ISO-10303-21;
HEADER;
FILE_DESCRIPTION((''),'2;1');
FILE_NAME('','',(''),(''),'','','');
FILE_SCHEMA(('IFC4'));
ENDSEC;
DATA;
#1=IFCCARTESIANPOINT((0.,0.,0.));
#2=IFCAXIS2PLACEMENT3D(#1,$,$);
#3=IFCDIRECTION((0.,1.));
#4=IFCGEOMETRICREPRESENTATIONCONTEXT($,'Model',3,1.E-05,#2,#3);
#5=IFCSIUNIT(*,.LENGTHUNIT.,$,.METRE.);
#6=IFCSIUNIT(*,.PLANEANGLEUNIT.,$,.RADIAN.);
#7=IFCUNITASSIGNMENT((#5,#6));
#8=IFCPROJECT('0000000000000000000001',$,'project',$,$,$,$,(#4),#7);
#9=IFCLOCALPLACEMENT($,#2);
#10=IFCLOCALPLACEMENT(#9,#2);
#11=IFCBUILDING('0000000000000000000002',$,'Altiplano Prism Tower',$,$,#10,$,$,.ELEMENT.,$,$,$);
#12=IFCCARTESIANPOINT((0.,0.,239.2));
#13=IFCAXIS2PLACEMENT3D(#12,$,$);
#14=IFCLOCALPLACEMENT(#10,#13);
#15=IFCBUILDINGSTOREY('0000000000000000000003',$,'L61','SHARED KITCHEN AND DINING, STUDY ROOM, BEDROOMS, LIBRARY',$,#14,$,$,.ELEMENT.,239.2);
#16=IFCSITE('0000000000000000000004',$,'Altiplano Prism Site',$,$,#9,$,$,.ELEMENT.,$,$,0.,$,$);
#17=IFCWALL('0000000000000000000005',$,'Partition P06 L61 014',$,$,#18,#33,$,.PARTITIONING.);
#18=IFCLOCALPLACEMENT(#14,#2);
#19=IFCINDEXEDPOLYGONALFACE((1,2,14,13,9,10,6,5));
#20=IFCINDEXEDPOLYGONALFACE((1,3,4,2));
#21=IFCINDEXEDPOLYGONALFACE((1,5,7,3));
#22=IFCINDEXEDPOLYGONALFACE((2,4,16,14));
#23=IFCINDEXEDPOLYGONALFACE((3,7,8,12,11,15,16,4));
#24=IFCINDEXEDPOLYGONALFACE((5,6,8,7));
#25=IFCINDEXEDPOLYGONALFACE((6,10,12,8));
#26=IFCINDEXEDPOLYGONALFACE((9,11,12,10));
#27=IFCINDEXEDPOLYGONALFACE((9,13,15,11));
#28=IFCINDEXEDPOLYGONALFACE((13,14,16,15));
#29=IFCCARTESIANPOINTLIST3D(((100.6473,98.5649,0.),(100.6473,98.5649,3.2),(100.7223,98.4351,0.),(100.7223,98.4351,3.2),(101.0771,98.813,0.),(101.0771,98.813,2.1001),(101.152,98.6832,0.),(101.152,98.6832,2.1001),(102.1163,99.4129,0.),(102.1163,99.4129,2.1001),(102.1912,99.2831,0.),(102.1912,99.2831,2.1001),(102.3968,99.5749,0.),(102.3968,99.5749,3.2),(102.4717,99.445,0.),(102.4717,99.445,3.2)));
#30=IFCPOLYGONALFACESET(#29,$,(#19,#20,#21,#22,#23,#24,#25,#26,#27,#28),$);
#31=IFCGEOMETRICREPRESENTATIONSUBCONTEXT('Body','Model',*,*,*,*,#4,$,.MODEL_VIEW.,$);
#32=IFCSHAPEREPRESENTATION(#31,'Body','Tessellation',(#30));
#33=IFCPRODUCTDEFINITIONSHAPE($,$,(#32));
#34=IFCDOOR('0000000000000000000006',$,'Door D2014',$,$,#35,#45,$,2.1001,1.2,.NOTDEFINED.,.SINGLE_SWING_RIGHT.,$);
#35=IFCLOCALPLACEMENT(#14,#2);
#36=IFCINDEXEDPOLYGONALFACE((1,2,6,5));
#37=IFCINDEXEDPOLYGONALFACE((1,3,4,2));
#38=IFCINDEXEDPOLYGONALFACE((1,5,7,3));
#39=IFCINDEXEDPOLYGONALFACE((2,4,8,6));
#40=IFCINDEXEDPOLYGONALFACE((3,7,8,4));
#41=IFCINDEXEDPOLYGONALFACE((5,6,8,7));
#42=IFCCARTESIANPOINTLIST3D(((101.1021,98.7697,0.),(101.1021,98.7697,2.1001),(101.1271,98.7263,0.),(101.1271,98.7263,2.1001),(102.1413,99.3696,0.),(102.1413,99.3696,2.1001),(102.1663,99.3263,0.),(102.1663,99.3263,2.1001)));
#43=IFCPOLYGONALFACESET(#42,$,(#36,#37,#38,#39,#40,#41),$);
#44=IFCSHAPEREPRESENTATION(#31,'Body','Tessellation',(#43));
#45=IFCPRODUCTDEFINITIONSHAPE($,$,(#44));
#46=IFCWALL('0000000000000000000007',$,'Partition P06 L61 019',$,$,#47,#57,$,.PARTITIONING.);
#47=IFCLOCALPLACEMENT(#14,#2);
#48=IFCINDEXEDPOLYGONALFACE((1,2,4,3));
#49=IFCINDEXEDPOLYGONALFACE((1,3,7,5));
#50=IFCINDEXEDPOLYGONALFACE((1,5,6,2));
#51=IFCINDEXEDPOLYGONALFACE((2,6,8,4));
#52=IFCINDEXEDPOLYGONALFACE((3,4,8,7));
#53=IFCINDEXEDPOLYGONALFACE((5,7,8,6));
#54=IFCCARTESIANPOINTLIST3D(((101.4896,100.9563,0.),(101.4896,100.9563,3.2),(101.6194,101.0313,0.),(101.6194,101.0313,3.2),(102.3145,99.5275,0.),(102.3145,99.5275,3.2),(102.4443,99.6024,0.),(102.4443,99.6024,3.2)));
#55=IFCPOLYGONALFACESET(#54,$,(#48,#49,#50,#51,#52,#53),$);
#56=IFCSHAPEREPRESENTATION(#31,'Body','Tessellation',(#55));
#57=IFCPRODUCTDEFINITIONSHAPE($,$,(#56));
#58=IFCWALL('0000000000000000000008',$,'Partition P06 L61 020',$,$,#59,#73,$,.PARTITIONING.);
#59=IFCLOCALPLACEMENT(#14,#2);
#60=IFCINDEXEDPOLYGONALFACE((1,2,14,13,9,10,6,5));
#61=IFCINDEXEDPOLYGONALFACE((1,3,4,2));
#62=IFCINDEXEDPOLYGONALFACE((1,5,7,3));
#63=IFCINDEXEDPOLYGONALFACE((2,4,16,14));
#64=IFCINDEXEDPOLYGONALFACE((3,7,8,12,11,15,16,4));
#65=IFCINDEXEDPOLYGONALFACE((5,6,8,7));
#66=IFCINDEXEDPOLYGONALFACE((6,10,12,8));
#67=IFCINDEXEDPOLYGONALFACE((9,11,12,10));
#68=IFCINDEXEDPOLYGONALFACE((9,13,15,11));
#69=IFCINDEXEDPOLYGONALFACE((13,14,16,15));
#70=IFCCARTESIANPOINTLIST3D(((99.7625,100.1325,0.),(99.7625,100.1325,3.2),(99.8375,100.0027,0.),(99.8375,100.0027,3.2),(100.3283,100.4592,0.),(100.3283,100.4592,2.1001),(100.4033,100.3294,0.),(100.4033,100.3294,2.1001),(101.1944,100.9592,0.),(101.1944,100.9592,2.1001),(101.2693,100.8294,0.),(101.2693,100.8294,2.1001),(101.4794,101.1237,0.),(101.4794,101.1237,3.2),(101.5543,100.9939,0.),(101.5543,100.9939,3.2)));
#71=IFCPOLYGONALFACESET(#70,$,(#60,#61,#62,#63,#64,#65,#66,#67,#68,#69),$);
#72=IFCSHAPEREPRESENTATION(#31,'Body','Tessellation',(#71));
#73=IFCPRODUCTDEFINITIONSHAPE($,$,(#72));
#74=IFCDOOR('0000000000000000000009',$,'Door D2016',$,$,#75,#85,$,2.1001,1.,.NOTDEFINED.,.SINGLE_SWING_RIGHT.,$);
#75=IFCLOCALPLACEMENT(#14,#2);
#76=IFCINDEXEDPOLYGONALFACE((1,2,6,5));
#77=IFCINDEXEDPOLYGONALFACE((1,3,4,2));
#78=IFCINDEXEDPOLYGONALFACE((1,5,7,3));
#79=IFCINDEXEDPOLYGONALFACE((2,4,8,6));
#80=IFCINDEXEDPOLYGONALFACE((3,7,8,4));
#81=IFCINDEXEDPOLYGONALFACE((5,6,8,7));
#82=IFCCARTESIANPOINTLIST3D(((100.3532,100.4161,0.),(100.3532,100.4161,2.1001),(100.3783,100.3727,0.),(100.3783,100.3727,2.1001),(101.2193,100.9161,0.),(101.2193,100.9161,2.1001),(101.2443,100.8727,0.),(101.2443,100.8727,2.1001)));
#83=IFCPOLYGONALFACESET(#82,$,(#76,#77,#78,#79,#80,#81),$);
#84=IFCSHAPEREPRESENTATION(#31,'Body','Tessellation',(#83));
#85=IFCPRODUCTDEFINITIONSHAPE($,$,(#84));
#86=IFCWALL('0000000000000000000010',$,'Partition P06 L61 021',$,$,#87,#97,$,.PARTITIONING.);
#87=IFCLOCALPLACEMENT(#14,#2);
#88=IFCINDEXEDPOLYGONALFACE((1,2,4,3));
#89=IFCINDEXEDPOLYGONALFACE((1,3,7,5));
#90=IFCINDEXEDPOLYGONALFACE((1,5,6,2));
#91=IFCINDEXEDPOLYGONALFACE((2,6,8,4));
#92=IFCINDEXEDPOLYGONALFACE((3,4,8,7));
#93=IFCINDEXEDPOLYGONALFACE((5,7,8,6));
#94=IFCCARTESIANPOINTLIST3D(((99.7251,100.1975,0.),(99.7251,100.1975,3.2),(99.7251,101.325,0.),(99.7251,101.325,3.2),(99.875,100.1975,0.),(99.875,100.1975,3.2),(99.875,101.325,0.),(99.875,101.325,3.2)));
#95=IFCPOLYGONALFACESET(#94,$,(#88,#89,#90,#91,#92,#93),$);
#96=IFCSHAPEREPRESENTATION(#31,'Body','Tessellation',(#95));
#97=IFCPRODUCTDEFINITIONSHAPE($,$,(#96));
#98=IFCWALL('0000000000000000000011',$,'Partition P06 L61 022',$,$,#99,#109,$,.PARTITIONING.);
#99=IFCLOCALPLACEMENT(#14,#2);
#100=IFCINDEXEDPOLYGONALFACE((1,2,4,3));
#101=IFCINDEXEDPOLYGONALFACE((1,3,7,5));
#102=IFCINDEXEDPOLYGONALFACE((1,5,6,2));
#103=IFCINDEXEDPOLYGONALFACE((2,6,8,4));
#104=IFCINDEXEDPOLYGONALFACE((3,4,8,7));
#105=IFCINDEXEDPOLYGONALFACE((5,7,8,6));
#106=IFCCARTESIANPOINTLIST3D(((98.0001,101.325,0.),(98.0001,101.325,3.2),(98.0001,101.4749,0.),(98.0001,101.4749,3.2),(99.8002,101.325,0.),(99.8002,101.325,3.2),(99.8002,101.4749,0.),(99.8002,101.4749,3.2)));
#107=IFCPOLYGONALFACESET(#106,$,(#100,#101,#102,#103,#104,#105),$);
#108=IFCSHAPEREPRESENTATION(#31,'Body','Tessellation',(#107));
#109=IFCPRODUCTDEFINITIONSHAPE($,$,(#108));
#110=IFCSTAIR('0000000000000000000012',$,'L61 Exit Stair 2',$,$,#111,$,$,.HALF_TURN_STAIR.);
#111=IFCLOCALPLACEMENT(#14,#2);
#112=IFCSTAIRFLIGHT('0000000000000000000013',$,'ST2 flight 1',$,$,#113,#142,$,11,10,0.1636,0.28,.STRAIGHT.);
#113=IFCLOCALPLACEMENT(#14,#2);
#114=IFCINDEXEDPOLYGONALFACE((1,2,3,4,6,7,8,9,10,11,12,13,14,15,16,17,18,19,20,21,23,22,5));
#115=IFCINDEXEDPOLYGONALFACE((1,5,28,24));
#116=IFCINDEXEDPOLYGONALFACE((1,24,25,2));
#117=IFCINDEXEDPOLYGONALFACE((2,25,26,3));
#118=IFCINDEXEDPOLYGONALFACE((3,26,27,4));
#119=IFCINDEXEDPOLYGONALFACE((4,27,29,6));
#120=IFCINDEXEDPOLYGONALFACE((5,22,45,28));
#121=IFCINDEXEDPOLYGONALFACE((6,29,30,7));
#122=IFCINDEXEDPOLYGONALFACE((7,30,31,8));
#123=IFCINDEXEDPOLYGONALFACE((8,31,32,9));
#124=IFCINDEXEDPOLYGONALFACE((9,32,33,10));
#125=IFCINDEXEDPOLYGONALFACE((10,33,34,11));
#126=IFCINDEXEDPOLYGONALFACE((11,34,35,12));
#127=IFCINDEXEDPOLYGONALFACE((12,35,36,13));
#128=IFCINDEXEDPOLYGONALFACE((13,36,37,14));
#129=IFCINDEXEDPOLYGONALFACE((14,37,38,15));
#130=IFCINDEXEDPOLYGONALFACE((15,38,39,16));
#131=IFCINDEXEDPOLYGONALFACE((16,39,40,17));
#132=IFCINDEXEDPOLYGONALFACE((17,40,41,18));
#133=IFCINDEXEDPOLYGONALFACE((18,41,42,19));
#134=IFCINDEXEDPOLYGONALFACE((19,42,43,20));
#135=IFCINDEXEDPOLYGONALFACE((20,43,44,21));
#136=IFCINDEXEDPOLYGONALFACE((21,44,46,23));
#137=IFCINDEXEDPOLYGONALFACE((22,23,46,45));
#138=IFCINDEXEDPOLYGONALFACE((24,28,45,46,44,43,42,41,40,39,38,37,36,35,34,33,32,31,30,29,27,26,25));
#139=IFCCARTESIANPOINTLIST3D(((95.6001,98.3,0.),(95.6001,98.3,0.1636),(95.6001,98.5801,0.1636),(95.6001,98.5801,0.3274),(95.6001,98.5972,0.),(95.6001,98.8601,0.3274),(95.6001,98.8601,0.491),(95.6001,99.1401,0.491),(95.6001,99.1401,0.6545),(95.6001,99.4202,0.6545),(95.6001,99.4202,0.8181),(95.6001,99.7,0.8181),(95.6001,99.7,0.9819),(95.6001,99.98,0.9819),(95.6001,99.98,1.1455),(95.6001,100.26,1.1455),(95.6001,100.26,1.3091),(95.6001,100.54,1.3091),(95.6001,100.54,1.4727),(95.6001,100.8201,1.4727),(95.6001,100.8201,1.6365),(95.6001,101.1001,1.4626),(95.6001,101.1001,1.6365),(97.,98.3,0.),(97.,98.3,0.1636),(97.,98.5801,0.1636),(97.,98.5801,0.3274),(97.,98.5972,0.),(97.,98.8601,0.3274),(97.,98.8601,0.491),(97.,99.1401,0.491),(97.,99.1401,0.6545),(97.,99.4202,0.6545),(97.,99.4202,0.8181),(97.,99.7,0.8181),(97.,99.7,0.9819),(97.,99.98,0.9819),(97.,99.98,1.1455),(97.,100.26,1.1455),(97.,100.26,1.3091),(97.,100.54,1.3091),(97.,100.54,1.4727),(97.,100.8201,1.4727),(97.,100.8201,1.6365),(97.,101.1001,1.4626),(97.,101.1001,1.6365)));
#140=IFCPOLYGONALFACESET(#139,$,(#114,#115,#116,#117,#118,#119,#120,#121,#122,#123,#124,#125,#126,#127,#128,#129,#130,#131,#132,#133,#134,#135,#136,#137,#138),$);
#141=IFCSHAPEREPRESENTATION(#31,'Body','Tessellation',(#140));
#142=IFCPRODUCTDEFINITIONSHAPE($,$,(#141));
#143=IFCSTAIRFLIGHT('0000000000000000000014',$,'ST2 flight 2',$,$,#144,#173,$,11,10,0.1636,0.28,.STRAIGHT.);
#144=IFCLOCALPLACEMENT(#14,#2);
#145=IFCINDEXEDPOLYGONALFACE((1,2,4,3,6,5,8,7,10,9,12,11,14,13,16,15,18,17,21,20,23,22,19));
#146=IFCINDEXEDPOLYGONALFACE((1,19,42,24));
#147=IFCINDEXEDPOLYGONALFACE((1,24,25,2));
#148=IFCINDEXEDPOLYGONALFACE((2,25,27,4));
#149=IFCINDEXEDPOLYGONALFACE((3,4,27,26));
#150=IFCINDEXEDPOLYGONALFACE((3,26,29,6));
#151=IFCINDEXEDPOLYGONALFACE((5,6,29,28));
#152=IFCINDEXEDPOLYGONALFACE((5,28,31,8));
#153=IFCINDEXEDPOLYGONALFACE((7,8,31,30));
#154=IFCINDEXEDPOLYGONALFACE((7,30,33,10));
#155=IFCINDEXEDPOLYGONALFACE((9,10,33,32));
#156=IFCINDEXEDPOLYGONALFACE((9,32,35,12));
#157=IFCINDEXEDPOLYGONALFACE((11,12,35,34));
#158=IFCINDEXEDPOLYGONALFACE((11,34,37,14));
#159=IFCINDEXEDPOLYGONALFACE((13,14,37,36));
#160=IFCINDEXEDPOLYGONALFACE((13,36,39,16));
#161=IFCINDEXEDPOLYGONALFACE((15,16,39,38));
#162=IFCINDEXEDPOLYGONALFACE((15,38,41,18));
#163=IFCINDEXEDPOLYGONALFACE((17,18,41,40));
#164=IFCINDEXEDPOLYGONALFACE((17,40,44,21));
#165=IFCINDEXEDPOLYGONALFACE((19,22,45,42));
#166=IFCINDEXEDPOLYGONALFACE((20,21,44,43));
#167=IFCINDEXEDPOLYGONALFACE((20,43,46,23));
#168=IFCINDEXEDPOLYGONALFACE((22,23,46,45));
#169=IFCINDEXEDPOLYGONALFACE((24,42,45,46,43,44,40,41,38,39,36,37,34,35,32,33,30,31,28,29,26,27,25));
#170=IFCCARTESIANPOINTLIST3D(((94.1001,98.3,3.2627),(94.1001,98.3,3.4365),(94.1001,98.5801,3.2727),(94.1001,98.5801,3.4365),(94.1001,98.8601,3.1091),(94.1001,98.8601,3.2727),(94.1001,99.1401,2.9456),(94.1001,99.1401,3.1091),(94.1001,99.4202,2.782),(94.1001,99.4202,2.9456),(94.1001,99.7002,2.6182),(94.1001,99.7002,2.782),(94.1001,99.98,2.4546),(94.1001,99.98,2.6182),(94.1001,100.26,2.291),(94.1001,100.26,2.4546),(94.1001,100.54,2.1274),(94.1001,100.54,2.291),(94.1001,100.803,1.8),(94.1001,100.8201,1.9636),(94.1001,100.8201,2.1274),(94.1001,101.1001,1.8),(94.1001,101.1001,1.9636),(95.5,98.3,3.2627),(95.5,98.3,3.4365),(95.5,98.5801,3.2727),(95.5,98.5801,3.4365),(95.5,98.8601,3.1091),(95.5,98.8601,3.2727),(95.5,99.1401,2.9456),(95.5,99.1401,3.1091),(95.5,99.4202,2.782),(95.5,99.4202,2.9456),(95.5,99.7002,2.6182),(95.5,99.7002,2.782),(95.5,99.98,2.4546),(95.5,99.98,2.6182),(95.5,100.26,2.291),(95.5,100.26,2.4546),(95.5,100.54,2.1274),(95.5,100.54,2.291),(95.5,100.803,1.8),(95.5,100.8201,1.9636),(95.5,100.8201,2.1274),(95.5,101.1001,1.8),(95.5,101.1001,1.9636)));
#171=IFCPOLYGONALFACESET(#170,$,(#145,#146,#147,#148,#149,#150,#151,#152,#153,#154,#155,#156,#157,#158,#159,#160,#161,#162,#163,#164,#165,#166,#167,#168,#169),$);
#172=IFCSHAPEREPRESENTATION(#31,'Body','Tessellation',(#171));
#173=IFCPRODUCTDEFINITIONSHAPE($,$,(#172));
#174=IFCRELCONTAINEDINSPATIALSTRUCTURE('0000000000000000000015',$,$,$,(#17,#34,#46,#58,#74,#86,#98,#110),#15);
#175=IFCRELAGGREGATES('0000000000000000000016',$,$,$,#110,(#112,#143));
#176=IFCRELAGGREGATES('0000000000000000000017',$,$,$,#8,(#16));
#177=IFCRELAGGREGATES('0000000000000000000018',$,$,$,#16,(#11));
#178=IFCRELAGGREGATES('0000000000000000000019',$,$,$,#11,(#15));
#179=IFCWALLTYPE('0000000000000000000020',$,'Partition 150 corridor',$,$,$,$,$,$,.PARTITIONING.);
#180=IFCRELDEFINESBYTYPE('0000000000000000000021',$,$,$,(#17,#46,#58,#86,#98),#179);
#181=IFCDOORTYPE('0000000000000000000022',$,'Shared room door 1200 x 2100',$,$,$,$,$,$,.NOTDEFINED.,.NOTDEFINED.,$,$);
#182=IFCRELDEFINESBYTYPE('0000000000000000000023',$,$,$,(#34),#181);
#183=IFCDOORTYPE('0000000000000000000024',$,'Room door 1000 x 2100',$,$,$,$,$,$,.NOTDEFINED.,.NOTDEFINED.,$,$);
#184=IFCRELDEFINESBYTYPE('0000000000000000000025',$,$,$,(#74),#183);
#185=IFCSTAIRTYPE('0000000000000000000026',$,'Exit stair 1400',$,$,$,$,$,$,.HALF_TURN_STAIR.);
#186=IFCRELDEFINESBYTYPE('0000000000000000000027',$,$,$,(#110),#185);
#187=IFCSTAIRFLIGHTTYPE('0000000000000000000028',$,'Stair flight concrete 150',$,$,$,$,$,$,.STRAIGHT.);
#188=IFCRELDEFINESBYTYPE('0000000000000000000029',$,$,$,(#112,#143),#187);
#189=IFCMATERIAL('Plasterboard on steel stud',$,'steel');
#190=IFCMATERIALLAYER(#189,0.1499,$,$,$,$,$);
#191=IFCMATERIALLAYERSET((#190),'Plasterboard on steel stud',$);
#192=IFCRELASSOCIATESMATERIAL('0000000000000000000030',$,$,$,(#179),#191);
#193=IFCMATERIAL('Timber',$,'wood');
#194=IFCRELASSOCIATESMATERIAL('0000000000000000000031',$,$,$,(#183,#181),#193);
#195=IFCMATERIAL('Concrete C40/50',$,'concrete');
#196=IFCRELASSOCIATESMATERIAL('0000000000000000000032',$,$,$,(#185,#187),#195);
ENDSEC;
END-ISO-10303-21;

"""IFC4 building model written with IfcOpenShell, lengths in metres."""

from ifc_helpers import new_model, si_unit, direction, frame, frame_2d, origin, place, context, subcontext, project, spatial, polyline, rectangle, outline, extrude, material, layer, layer_set, type_object, element, fill, aggregate, save


model = new_model("IFC4")

# Units and contexts
model_context = context("Model", 3, precision=1e-05, world=origin(), true_north=direction((0.0, 1.0)))
body_context = subcontext(model_context, "Body", "Model", "MODEL_VIEW")
ifc_project = project(units=[si_unit("LENGTHUNIT", "METRE"), si_unit("PLANEANGLEUNIT", "RADIAN")], contexts=[model_context])

# Site, building, storey
site_placement = place(None, origin())
site = spatial("IfcSite", under=ifc_project, at=site_placement, Name="Altiplano Prism Site", CompositionType="ELEMENT", RefElevation=0.0)
building_placement = place(site_placement, origin())
building = spatial("IfcBuilding", under=site, at=building_placement, Name="Altiplano Prism Tower", CompositionType="ELEMENT")
storey_placement = place(building_placement, frame((0.0, 0.0, 239.2)))
storey = spatial("IfcBuildingStorey", under=building, at=storey_placement, Name="L61", Description="SHARED KITCHEN AND DINING, STUDY ROOM, BEDROOMS, LIBRARY", CompositionType="ELEMENT", Elevation=239.2)

# Shared definitions
ifc_material_1 = material(Name="Plasterboard on steel stud", Category="steel")
ifc_layer_1 = layer(ifc_material_1, 0.1499)
ifc_layer_set_1 = layer_set([ifc_layer_1], Name="Plasterboard on steel stud")
wall_type_1 = type_object("IfcWallType", Name="Partition 150 corridor", PredefinedType="PARTITIONING", material=ifc_layer_set_1)

# Shared definitions
ifc_material_2 = material(Name="Timber", Category="wood")
door_type_1 = type_object("IfcDoorType", Name="Room door 1000 x 2100", OperationType="NOTDEFINED", PredefinedType="NOTDEFINED", material=ifc_material_2)

# Wall, opening, door
wall_1_placement = place(storey_placement, frame((100.6848, 98.5, 0.0), z_axis=(0.0, 0.0, 1.0), x_axis=(0.866041, 0.499974, 0.0)))
wall_1 = element("IfcWall", 1, at=wall_1_placement, inside=storey, type_object=wall_type_1, Name="Partition P06 L61 014", PredefinedType="PARTITIONING", context=body_context, shape_type="SweptSolid", body=[
    extrude(rectangle(XDim=2.02, YDim=0.1499, at=frame_2d((1.01, 0.0))), origin(), (0.0, 0.0, 1.0), 3.2),
])
opening_1_placement = place(wall_1_placement, frame((0.4961, 0.0, 0.0)))
opening_1 = element("IfcOpeningElement", 2, at=opening_1_placement, cuts=wall_1, PredefinedType="OPENING", context=body_context, shape_type="SweptSolid", body=[
    extrude(rectangle(XDim=1.2, YDim=2.1001, at=frame_2d((0.6001, 1.05))), frame((0.0, 0.0854, 0.0), z_axis=(0.0, -1.0, 0.0), x_axis=(1.0, 0.0, 0.0)), (0.0, 0.0, 1.0), 0.1709),
])
door_type_2 = type_object("IfcDoorType", Name="Shared room door 1200 x 2100", OperationType="NOTDEFINED", PredefinedType="NOTDEFINED", material=ifc_material_2)
door_1_placement = place(opening_1_placement, origin())
door_1 = element("IfcDoor", 3, at=door_1_placement, inside=storey, type_object=door_type_2, Name="Door D2014", OperationType="SINGLE_SWING_RIGHT", OverallHeight=2.1001, OverallWidth=1.2, PredefinedType="NOTDEFINED", context=body_context, shape_type="SweptSolid", body=[
    extrude(rectangle(XDim=1.2, YDim=2.1001, at=frame_2d((0.6001, 1.05))), frame((0.0, 0.0249, 0.0), z_axis=(0.0, -1.0, 0.0), x_axis=(1.0, 0.0, 0.0)), (0.0, 0.0, 1.0), 0.05),
])
fill(opening_1, door_1)

# Wall
wall_2_placement = place(storey_placement, frame((102.3794, 99.5649, 0.0), z_axis=(0.0, 0.0, 1.0), x_axis=(-0.499974, 0.86604, 0.0)))
element("IfcWall", 4, at=wall_2_placement, inside=storey, type_object=wall_type_1, Name="Partition P06 L61 019", PredefinedType="PARTITIONING", context=body_context, shape_type="SweptSolid", body=[
    extrude(rectangle(XDim=1.6499, YDim=0.1499, at=frame_2d((0.825, 0.0))), origin(), (0.0, 0.0, 1.0), 3.2),
])

# Wall, opening, door
wall_3_placement = place(storey_placement, frame((101.5168, 101.0588, 0.0), z_axis=(0.0, 0.0, 1.0), x_axis=(-0.866022, -0.500007, 0.0)))
wall_3 = element("IfcWall", 5, at=wall_3_placement, inside=storey, type_object=wall_type_1, Name="Partition P06 L61 020", PredefinedType="PARTITIONING", context=body_context, shape_type="SweptSolid", body=[
    extrude(rectangle(XDim=1.9824, YDim=0.1499, at=frame_2d((0.9912, 0.0))), origin(), (0.0, 0.0, 1.0), 3.2),
])
opening_2_placement = place(wall_3_placement, frame((0.3291, 0.0, 0.0)))
opening_2 = element("IfcOpeningElement", 6, at=opening_2_placement, cuts=wall_3, PredefinedType="OPENING", context=body_context, shape_type="SweptSolid", body=[
    extrude(rectangle(XDim=1.0, YDim=2.1001, at=frame_2d((0.5, 1.05))), frame((0.0, 0.0854, 0.0), z_axis=(0.0, -1.0, 0.0), x_axis=(1.0, 0.0, 0.0)), (0.0, 0.0, 1.0), 0.1709),
])
door_2_placement = place(opening_2_placement, origin())
door_2 = element("IfcDoor", 7, at=door_2_placement, inside=storey, type_object=door_type_1, Name="Door D2016", OperationType="SINGLE_SWING_RIGHT", OverallHeight=2.1001, OverallWidth=1.0, PredefinedType="NOTDEFINED", context=body_context, shape_type="SweptSolid", body=[
    extrude(rectangle(XDim=1.0, YDim=2.1001, at=frame_2d((0.5, 1.05))), frame((0.0, 0.0249, 0.0), z_axis=(0.0, -1.0, 0.0), x_axis=(1.0, 0.0, 0.0)), (0.0, 0.0, 1.0), 0.05),
])
fill(opening_2, door_2)

# Walls
wall_4_placement = place(storey_placement, frame((99.8, 100.1975, 0.0), z_axis=(0.0, 0.0, 1.0), x_axis=(0.0, 1.0, 0.0)))
element("IfcWall", 8, at=wall_4_placement, inside=storey, type_object=wall_type_1, Name="Partition P06 L61 021", PredefinedType="PARTITIONING", context=body_context, shape_type="SweptSolid", body=[
    extrude(rectangle(XDim=1.1274, YDim=0.1499, at=frame_2d((0.5637, 0.0))), origin(), (0.0, 0.0, 1.0), 3.2),
])
wall_5_placement = place(storey_placement, frame((99.8, 101.3999, 0.0), z_axis=(0.0, 0.0, 1.0), x_axis=(-1.0, 0.0, 0.0)))
element("IfcWall", 9, at=wall_5_placement, inside=storey, type_object=wall_type_1, Name="Partition P06 L61 022", PredefinedType="PARTITIONING", context=body_context, shape_type="SweptSolid", body=[
    extrude(rectangle(XDim=1.8, YDim=0.1499, at=frame_2d((0.8999, 0.0))), origin(), (0.0, 0.0, 1.0), 3.2),
])

# Stair, stair flights
ifc_material_3 = material(Name="Concrete C40/50", Category="concrete")
stair_type = type_object("IfcStairType", Name="Exit stair 1400", PredefinedType="HALF_TURN_STAIR", material=ifc_material_3)
stair_placement = place(storey_placement, origin())
stair = element("IfcStair", 10, at=stair_placement, inside=storey, type_object=stair_type, Name="L61 Exit Stair 2", PredefinedType="HALF_TURN_STAIR")
stair_flight_type = type_object("IfcStairFlightType", Name="Stair flight concrete 150", PredefinedType="STRAIGHT", material=ifc_material_3)
stair_flight_1_placement = place(storey_placement, frame((96.3, 98.3, 0.0), z_axis=(0.0, 0.0, 1.0), x_axis=(0.0, 1.0, 0.0)))
stair_flight_1 = element("IfcStairFlight", 11, at=stair_flight_1_placement, type_object=stair_flight_type, Name="ST2 flight 1", NumberOfRisers=11, NumberOfTreads=10, PredefinedType="STRAIGHT", RiserHeight=0.1636, TreadLength=0.28, context=body_context, shape_type="SweptSolid", body=[
    extrude(outline(polyline([(0.0, 0.0), (0.0, 0.1636), (0.28, 0.1636), (0.28, 0.3274), (0.5601, 0.3274), (0.5601, 0.491), (0.8401, 0.491), (0.8401, 0.6545), (1.1201, 0.6545), (1.1201, 0.8181), (1.3999, 0.8181), (1.3999, 0.9819), (1.6799, 0.9819), (1.6799, 1.1455), (1.96, 1.1455), (1.96, 1.3091), (2.24, 1.3091), (2.24, 1.4727), (2.52, 1.4727), (2.52, 1.6365), (2.8, 1.6365), (2.8, 1.8), (2.8, 1.4626), (0.2971, 0.0), (0.0, 0.0)])), frame((0.0, 0.7, 0.0), z_axis=(0.0, -1.0, 0.0), x_axis=(1.0, 0.0, 0.0)), (0.0, 0.0, 1.0), 1.3999),
])
stair_flight_2_placement = place(storey_placement, frame((94.8, 101.1001, 1.8), z_axis=(0.0, 0.0, 1.0), x_axis=(0.0, -1.0, 0.0)))
stair_flight_2 = element("IfcStairFlight", 12, at=stair_flight_2_placement, type_object=stair_flight_type, Name="ST2 flight 2", NumberOfRisers=11, NumberOfTreads=10, PredefinedType="STRAIGHT", RiserHeight=0.1636, TreadLength=0.28, context=body_context, shape_type="SweptSolid", body=[
    extrude(outline(polyline([(0.0, 0.0), (0.0, 0.1636), (0.28, 0.1636), (0.28, 0.3274), (0.5601, 0.3274), (0.5601, 0.491), (0.8401, 0.491), (0.8401, 0.6545), (1.1201, 0.6545), (1.1201, 0.8181), (1.3999, 0.8181), (1.3999, 0.9819), (1.6799, 0.9819), (1.6799, 1.1455), (1.96, 1.1455), (1.96, 1.3091), (2.24, 1.3091), (2.24, 1.4727), (2.52, 1.4727), (2.52, 1.6365), (2.8, 1.6365), (2.8, 1.8), (2.8, 1.4626), (0.2971, 0.0), (0.0, 0.0)])), frame((0.0, 0.7, 0.0), z_axis=(0.0, -1.0, 0.0), x_axis=(1.0, 0.0, 0.0)), (0.0, 0.0, 1.0), 1.3999),
])
aggregate(stair, [stair_flight_1, stair_flight_2])

save(model, "model.ifc")
